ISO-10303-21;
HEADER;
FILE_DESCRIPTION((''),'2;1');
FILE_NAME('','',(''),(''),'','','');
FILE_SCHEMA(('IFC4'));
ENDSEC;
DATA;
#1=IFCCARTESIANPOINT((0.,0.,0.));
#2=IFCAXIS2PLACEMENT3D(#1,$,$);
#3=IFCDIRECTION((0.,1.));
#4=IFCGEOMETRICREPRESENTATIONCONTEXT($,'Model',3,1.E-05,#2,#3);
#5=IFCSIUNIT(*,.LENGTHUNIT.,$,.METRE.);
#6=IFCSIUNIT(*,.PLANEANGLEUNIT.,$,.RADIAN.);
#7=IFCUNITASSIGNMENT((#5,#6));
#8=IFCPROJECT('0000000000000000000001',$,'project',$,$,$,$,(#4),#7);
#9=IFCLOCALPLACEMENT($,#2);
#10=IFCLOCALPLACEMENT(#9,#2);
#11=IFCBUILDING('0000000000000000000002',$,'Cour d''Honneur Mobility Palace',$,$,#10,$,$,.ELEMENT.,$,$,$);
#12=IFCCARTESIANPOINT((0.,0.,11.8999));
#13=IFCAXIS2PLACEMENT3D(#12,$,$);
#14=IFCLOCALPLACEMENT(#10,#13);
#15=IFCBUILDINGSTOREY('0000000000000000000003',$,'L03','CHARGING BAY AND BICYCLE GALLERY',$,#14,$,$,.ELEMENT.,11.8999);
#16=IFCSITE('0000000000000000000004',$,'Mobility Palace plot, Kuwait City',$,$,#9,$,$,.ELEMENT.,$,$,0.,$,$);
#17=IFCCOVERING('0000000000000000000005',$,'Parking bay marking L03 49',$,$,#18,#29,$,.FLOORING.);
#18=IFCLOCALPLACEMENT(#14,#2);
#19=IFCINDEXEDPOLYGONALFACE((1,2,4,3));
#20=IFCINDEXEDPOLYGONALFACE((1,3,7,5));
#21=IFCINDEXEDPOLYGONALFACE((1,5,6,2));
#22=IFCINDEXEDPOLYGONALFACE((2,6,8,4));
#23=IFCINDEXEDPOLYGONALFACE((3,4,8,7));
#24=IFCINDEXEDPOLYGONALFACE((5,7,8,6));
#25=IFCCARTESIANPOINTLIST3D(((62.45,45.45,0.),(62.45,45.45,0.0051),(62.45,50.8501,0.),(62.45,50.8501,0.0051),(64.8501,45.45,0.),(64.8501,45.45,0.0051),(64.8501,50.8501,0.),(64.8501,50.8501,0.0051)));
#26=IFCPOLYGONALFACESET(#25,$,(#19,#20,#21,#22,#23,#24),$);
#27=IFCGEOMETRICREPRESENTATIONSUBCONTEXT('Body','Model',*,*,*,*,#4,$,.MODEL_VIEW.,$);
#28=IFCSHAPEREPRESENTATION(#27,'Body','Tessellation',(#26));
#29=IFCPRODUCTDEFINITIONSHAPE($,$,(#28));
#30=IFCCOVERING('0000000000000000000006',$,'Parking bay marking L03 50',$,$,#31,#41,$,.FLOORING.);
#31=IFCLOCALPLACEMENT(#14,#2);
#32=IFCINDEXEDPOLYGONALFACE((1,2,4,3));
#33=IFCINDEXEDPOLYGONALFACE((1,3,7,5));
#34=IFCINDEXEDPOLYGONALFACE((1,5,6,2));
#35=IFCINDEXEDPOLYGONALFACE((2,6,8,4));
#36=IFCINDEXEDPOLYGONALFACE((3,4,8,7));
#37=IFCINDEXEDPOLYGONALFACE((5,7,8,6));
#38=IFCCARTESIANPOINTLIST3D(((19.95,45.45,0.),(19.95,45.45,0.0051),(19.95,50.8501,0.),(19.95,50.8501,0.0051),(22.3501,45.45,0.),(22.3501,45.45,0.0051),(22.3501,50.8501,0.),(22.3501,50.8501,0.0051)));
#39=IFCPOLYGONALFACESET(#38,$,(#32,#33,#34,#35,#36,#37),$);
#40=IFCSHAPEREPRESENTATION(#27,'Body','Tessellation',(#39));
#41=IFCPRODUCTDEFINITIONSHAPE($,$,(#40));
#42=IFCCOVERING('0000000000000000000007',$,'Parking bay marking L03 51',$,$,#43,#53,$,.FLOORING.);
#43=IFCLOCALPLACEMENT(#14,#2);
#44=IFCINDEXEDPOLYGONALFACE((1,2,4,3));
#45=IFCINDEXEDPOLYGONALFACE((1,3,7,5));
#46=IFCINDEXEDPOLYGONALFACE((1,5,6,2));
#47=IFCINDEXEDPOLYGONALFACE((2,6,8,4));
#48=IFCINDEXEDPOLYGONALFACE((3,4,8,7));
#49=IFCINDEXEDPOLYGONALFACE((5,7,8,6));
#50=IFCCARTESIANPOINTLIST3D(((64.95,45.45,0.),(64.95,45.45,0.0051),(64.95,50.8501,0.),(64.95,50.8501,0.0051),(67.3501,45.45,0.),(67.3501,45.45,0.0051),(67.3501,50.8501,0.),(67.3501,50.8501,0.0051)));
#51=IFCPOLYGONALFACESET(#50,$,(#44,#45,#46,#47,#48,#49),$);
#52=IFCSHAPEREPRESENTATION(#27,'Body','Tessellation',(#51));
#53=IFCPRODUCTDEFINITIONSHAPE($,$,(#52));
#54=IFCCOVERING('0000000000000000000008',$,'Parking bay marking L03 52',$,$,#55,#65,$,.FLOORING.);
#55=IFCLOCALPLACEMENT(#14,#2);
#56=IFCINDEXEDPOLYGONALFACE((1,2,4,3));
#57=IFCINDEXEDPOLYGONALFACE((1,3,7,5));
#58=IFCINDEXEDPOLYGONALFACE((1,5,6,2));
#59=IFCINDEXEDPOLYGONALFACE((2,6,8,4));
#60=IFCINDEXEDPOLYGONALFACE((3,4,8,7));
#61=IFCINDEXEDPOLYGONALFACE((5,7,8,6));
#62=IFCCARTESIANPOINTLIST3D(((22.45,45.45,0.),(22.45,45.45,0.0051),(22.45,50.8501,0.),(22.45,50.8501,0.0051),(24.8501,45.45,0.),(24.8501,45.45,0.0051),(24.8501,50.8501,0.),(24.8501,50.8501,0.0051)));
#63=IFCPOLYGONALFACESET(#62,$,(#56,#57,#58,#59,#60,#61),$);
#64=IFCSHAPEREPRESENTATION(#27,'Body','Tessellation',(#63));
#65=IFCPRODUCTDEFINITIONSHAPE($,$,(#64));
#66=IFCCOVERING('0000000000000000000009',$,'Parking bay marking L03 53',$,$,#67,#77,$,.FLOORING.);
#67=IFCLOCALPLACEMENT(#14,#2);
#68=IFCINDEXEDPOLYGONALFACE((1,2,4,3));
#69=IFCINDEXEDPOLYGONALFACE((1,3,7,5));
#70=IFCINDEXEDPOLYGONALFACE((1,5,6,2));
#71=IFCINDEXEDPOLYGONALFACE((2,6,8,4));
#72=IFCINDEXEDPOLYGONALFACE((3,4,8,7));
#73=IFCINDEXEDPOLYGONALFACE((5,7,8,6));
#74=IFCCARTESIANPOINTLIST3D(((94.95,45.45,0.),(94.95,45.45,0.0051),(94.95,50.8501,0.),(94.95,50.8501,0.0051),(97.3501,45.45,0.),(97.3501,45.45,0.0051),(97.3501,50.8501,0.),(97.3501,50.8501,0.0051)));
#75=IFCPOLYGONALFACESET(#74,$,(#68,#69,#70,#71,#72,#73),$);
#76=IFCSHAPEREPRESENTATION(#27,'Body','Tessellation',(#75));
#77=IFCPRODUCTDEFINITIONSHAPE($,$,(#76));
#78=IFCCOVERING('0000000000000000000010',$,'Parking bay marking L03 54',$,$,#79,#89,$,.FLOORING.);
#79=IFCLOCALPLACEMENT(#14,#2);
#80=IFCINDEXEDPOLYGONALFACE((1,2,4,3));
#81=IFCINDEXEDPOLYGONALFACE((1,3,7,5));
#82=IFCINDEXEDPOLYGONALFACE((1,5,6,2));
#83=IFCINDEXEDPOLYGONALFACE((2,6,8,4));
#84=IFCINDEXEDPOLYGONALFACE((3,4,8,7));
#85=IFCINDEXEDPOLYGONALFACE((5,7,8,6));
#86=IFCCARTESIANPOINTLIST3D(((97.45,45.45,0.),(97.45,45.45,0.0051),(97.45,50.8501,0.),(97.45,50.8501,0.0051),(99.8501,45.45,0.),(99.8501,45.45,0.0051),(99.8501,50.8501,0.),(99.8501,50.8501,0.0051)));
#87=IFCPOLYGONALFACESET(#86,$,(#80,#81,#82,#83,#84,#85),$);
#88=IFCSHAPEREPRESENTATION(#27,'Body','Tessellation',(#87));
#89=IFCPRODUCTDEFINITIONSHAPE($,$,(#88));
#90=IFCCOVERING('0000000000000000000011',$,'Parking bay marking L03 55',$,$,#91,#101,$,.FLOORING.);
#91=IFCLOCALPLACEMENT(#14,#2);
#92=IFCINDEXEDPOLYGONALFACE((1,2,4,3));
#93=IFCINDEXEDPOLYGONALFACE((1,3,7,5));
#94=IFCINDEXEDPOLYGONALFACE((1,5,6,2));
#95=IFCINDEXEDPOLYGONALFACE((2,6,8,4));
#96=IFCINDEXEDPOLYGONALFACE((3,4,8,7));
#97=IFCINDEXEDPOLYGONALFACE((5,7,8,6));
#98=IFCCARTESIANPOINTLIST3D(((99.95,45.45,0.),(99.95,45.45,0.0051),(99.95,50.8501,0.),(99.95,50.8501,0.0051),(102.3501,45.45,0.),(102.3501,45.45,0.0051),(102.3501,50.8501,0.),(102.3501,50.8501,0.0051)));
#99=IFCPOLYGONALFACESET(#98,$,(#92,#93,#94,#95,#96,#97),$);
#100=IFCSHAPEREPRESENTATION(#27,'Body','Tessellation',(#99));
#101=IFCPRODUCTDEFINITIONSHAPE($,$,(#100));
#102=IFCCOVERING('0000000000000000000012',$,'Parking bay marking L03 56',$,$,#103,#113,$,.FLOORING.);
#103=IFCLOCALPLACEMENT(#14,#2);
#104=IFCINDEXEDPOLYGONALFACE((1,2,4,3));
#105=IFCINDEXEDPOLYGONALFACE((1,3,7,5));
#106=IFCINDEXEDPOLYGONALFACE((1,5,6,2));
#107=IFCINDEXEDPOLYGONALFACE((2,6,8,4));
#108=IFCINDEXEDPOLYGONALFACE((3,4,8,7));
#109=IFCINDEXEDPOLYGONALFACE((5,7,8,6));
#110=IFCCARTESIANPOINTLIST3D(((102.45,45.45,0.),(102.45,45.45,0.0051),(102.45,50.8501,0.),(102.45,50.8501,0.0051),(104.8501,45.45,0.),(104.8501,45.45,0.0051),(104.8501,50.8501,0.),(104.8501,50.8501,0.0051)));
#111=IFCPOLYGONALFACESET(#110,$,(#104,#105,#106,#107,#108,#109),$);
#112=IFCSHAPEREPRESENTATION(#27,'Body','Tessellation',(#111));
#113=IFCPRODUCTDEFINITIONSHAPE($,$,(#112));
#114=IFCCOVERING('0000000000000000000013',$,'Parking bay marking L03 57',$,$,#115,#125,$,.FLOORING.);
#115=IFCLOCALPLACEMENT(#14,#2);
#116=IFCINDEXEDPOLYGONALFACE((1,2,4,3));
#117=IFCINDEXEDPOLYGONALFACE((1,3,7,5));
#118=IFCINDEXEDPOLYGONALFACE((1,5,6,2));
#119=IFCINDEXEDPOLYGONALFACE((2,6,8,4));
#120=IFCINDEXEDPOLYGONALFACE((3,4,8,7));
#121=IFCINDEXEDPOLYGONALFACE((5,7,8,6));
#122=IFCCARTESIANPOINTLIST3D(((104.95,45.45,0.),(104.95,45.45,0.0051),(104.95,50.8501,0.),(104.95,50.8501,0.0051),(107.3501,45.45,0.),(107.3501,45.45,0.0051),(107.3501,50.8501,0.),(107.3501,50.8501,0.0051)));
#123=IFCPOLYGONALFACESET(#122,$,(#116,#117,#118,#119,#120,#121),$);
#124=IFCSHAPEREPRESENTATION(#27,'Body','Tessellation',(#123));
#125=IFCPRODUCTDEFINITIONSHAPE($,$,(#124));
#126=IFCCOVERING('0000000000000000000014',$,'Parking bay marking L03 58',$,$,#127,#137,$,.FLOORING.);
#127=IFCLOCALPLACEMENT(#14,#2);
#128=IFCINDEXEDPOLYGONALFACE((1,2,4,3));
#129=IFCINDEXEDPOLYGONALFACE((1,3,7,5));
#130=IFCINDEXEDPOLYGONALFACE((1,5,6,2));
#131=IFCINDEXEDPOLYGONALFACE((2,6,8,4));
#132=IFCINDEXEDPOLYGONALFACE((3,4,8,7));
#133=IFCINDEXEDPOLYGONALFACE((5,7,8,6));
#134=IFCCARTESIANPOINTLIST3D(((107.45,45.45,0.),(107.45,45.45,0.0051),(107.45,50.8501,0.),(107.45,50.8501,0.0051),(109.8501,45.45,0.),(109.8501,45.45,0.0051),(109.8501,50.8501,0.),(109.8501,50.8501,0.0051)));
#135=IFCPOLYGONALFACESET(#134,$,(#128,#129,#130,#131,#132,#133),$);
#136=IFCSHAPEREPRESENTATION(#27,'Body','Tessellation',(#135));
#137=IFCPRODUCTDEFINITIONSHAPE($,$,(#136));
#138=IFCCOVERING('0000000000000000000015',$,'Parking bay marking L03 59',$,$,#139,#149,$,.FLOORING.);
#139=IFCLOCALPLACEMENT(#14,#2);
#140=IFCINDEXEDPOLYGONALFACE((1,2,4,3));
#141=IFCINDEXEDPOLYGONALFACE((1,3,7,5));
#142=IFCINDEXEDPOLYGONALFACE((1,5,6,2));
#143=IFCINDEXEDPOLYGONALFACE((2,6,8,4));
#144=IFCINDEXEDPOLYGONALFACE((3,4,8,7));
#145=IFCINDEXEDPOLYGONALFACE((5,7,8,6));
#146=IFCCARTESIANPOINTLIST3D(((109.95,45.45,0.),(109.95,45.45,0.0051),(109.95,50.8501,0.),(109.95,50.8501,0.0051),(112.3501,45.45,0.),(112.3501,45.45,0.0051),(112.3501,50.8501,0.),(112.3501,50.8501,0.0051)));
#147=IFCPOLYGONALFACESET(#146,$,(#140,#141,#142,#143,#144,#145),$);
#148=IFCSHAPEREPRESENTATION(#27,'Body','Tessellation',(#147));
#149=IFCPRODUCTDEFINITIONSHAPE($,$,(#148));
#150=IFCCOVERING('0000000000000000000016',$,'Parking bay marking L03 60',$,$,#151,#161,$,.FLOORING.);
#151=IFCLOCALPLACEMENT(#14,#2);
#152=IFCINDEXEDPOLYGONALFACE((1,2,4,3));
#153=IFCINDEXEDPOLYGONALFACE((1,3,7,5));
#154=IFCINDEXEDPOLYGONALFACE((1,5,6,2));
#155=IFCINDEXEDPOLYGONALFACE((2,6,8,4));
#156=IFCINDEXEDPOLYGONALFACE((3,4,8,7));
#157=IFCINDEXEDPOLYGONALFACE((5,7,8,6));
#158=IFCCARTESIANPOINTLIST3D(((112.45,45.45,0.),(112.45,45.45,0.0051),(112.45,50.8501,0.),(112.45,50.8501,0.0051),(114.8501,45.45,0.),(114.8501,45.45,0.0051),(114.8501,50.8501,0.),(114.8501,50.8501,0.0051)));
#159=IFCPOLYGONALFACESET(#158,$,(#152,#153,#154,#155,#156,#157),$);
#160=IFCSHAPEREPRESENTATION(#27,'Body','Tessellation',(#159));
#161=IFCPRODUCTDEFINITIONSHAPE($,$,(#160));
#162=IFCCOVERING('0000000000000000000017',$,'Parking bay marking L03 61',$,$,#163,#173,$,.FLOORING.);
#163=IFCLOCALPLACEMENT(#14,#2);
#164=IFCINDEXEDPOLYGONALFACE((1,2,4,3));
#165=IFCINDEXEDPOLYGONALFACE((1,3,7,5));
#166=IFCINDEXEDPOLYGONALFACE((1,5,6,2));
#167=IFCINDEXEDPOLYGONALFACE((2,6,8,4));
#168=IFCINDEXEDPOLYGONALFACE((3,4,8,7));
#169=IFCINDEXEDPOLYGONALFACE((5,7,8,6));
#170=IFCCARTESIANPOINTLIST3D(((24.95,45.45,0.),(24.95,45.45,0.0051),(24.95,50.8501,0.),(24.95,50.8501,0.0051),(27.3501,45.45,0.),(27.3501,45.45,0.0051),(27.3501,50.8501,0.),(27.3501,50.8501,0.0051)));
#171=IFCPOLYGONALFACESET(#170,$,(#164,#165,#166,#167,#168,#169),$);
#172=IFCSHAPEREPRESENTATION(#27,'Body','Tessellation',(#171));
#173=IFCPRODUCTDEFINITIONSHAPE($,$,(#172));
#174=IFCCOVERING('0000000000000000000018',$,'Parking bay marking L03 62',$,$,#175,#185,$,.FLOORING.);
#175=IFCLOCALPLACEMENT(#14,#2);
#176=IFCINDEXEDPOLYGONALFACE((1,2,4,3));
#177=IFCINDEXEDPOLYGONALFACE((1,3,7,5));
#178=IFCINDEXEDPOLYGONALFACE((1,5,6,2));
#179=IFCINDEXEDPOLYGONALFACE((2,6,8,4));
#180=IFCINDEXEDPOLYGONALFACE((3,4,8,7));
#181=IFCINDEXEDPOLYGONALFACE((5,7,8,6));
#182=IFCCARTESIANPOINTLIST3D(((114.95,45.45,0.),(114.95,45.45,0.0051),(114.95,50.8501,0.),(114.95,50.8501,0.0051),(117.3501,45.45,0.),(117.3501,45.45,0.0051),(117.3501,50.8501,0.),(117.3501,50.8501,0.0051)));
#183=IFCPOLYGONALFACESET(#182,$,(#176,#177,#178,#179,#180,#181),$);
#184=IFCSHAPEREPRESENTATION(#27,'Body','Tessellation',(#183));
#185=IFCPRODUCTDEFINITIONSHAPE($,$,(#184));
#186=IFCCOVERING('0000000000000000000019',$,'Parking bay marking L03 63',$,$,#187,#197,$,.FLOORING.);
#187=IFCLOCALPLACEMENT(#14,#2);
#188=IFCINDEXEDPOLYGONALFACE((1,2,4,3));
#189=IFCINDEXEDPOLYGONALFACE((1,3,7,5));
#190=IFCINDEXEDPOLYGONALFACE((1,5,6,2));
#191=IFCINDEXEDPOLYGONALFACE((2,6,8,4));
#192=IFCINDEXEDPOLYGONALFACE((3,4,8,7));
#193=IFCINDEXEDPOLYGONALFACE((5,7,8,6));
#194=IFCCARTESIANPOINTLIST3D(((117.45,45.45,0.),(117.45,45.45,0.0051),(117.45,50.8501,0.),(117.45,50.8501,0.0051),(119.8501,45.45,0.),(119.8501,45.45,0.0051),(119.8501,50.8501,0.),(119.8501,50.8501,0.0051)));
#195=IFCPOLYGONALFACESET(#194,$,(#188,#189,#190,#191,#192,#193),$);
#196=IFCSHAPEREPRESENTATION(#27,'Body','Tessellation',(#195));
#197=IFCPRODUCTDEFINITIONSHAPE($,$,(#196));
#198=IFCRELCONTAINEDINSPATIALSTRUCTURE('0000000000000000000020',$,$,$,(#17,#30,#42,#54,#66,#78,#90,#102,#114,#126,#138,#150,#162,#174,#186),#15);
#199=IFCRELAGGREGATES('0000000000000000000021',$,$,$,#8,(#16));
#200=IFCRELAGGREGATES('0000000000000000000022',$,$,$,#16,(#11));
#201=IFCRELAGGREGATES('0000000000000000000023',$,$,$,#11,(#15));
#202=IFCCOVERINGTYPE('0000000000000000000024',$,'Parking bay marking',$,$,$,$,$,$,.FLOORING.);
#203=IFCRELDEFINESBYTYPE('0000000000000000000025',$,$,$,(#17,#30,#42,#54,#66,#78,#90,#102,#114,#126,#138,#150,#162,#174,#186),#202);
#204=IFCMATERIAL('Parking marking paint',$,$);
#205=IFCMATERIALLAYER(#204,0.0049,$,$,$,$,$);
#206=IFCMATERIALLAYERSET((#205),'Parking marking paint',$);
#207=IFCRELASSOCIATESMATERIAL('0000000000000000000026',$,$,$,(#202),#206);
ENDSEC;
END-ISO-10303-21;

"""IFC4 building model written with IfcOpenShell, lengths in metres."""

from ifc_helpers import new_model, si_unit, direction, frame, origin, place, context, subcontext, project, spatial, polyline, outline, extrude, material, layer, layer_set, type_object, element, save


model = new_model("IFC4")

# Units and contexts
model_context = context("Model", 3, precision=1e-05, world=origin(), true_north=direction((0.0, 1.0)))
body_context = subcontext(model_context, "Body", "Model", "MODEL_VIEW")
ifc_project = project(units=[si_unit("LENGTHUNIT", "METRE"), si_unit("PLANEANGLEUNIT", "RADIAN")], contexts=[model_context])

# Site, building, storey
site_placement = place(None, origin())
site = spatial("IfcSite", under=ifc_project, at=site_placement, Name="Mobility Palace plot, Kuwait City", CompositionType="ELEMENT", RefElevation=0.0)
building_placement = place(site_placement, origin())
building = spatial("IfcBuilding", under=site, at=building_placement, Name="Cour d'Honneur Mobility Palace", CompositionType="ELEMENT")
storey_placement = place(building_placement, frame((0.0, 0.0, 11.8999)))
storey = spatial("IfcBuildingStorey", under=building, at=storey_placement, Name="L03", Description="CHARGING BAY AND BICYCLE GALLERY", CompositionType="ELEMENT", Elevation=11.8999)

# Coverings
ifc_material = material(Name="Parking marking paint")
ifc_layer = layer(ifc_material, 0.0049)
ifc_layer_set = layer_set([ifc_layer], Name="Parking marking paint")
covering_type = type_object("IfcCoveringType", Name="Parking bay marking", PredefinedType="FLOORING", material=ifc_layer_set)
covering_1_placement = place(storey_placement, origin())
element("IfcCovering", 1, at=covering_1_placement, inside=storey, type_object=covering_type, Name="Parking bay marking L03 49", PredefinedType="FLOORING", context=body_context, shape_type="SweptSolid", body=[
    extrude(outline(polyline([(64.8501, 45.45), (62.45, 45.45), (62.45, 50.8501), (64.8501, 50.8501), (64.8501, 45.45)])), origin(), (0.0, 0.0, 1.0), 0.0051),
])
covering_2_placement = place(storey_placement, origin())
element("IfcCovering", 2, at=covering_2_placement, inside=storey, type_object=covering_type, Name="Parking bay marking L03 50", PredefinedType="FLOORING", context=body_context, shape_type="SweptSolid", body=[
    extrude(outline(polyline([(22.3501, 45.45), (19.95, 45.45), (19.95, 50.8501), (22.3501, 50.8501), (22.3501, 45.45)])), origin(), (0.0, 0.0, 1.0), 0.0051),
])
covering_3_placement = place(storey_placement, origin())
element("IfcCovering", 3, at=covering_3_placement, inside=storey, type_object=covering_type, Name="Parking bay marking L03 51", PredefinedType="FLOORING", context=body_context, shape_type="SweptSolid", body=[
    extrude(outline(polyline([(67.3501, 45.45), (64.95, 45.45), (64.95, 50.8501), (67.3501, 50.8501), (67.3501, 45.45)])), origin(), (0.0, 0.0, 1.0), 0.0051),
])
covering_4_placement = place(storey_placement, origin())
element("IfcCovering", 4, at=covering_4_placement, inside=storey, type_object=covering_type, Name="Parking bay marking L03 52", PredefinedType="FLOORING", context=body_context, shape_type="SweptSolid", body=[
    extrude(outline(polyline([(24.8501, 45.45), (22.45, 45.45), (22.45, 50.8501), (24.8501, 50.8501), (24.8501, 45.45)])), origin(), (0.0, 0.0, 1.0), 0.0051),
])
covering_5_placement = place(storey_placement, origin())
element("IfcCovering", 5, at=covering_5_placement, inside=storey, type_object=covering_type, Name="Parking bay marking L03 53", PredefinedType="FLOORING", context=body_context, shape_type="SweptSolid", body=[
    extrude(outline(polyline([(97.3501, 45.45), (94.95, 45.45), (94.95, 50.8501), (97.3501, 50.8501), (97.3501, 45.45)])), origin(), (0.0, 0.0, 1.0), 0.0051),
])
covering_6_placement = place(storey_placement, origin())
element("IfcCovering", 6, at=covering_6_placement, inside=storey, type_object=covering_type, Name="Parking bay marking L03 54", PredefinedType="FLOORING", context=body_context, shape_type="SweptSolid", body=[
    extrude(outline(polyline([(99.8501, 45.45), (97.45, 45.45), (97.45, 50.8501), (99.8501, 50.8501), (99.8501, 45.45)])), origin(), (0.0, 0.0, 1.0), 0.0051),
])
covering_7_placement = place(storey_placement, origin())
element("IfcCovering", 7, at=covering_7_placement, inside=storey, type_object=covering_type, Name="Parking bay marking L03 55", PredefinedType="FLOORING", context=body_context, shape_type="SweptSolid", body=[
    extrude(outline(polyline([(102.3501, 45.45), (99.95, 45.45), (99.95, 50.8501), (102.3501, 50.8501), (102.3501, 45.45)])), origin(), (0.0, 0.0, 1.0), 0.0051),
])
covering_8_placement = place(storey_placement, origin())
element("IfcCovering", 8, at=covering_8_placement, inside=storey, type_object=covering_type, Name="Parking bay marking L03 56", PredefinedType="FLOORING", context=body_context, shape_type="SweptSolid", body=[
    extrude(outline(polyline([(104.8501, 45.45), (102.45, 45.45), (102.45, 50.8501), (104.8501, 50.8501), (104.8501, 45.45)])), origin(), (0.0, 0.0, 1.0), 0.0051),
])
covering_9_placement = place(storey_placement, origin())
element("IfcCovering", 9, at=covering_9_placement, inside=storey, type_object=covering_type, Name="Parking bay marking L03 57", PredefinedType="FLOORING", context=body_context, shape_type="SweptSolid", body=[
    extrude(outline(polyline([(107.3501, 45.45), (104.95, 45.45), (104.95, 50.8501), (107.3501, 50.8501), (107.3501, 45.45)])), origin(), (0.0, 0.0, 1.0), 0.0051),
])
covering_10_placement = place(storey_placement, origin())
element("IfcCovering", 10, at=covering_10_placement, inside=storey, type_object=covering_type, Name="Parking bay marking L03 58", PredefinedType="FLOORING", context=body_context, shape_type="SweptSolid", body=[
    extrude(outline(polyline([(109.8501, 45.45), (107.45, 45.45), (107.45, 50.8501), (109.8501, 50.8501), (109.8501, 45.45)])), origin(), (0.0, 0.0, 1.0), 0.0051),
])
covering_11_placement = place(storey_placement, origin())
element("IfcCovering", 11, at=covering_11_placement, inside=storey, type_object=covering_type, Name="Parking bay marking L03 59", PredefinedType="FLOORING", context=body_context, shape_type="SweptSolid", body=[
    extrude(outline(polyline([(112.3501, 45.45), (109.95, 45.45), (109.95, 50.8501), (112.3501, 50.8501), (112.3501, 45.45)])), origin(), (0.0, 0.0, 1.0), 0.0051),
])
covering_12_placement = place(storey_placement, origin())
element("IfcCovering", 12, at=covering_12_placement, inside=storey, type_object=covering_type, Name="Parking bay marking L03 60", PredefinedType="FLOORING", context=body_context, shape_type="SweptSolid", body=[
    extrude(outline(polyline([(114.8501, 45.45), (112.45, 45.45), (112.45, 50.8501), (114.8501, 50.8501), (114.8501, 45.45)])), origin(), (0.0, 0.0, 1.0), 0.0051),
])
covering_13_placement = place(storey_placement, origin())
element("IfcCovering", 13, at=covering_13_placement, inside=storey, type_object=covering_type, Name="Parking bay marking L03 61", PredefinedType="FLOORING", context=body_context, shape_type="SweptSolid", body=[
    extrude(outline(polyline([(27.3501, 45.45), (24.95, 45.45), (24.95, 50.8501), (27.3501, 50.8501), (27.3501, 45.45)])), origin(), (0.0, 0.0, 1.0), 0.0051),
])
covering_14_placement = place(storey_placement, origin())
element("IfcCovering", 14, at=covering_14_placement, inside=storey, type_object=covering_type, Name="Parking bay marking L03 62", PredefinedType="FLOORING", context=body_context, shape_type="SweptSolid", body=[
    extrude(outline(polyline([(117.3501, 45.45), (114.95, 45.45), (114.95, 50.8501), (117.3501, 50.8501), (117.3501, 45.45)])), origin(), (0.0, 0.0, 1.0), 0.0051),
])
covering_15_placement = place(storey_placement, origin())
element("IfcCovering", 15, at=covering_15_placement, inside=storey, type_object=covering_type, Name="Parking bay marking L03 63", PredefinedType="FLOORING", context=body_context, shape_type="SweptSolid", body=[
    extrude(outline(polyline([(119.8501, 45.45), (117.45, 45.45), (117.45, 50.8501), (119.8501, 50.8501), (119.8501, 45.45)])), origin(), (0.0, 0.0, 1.0), 0.0051),
])

save(model, "model.ifc")
